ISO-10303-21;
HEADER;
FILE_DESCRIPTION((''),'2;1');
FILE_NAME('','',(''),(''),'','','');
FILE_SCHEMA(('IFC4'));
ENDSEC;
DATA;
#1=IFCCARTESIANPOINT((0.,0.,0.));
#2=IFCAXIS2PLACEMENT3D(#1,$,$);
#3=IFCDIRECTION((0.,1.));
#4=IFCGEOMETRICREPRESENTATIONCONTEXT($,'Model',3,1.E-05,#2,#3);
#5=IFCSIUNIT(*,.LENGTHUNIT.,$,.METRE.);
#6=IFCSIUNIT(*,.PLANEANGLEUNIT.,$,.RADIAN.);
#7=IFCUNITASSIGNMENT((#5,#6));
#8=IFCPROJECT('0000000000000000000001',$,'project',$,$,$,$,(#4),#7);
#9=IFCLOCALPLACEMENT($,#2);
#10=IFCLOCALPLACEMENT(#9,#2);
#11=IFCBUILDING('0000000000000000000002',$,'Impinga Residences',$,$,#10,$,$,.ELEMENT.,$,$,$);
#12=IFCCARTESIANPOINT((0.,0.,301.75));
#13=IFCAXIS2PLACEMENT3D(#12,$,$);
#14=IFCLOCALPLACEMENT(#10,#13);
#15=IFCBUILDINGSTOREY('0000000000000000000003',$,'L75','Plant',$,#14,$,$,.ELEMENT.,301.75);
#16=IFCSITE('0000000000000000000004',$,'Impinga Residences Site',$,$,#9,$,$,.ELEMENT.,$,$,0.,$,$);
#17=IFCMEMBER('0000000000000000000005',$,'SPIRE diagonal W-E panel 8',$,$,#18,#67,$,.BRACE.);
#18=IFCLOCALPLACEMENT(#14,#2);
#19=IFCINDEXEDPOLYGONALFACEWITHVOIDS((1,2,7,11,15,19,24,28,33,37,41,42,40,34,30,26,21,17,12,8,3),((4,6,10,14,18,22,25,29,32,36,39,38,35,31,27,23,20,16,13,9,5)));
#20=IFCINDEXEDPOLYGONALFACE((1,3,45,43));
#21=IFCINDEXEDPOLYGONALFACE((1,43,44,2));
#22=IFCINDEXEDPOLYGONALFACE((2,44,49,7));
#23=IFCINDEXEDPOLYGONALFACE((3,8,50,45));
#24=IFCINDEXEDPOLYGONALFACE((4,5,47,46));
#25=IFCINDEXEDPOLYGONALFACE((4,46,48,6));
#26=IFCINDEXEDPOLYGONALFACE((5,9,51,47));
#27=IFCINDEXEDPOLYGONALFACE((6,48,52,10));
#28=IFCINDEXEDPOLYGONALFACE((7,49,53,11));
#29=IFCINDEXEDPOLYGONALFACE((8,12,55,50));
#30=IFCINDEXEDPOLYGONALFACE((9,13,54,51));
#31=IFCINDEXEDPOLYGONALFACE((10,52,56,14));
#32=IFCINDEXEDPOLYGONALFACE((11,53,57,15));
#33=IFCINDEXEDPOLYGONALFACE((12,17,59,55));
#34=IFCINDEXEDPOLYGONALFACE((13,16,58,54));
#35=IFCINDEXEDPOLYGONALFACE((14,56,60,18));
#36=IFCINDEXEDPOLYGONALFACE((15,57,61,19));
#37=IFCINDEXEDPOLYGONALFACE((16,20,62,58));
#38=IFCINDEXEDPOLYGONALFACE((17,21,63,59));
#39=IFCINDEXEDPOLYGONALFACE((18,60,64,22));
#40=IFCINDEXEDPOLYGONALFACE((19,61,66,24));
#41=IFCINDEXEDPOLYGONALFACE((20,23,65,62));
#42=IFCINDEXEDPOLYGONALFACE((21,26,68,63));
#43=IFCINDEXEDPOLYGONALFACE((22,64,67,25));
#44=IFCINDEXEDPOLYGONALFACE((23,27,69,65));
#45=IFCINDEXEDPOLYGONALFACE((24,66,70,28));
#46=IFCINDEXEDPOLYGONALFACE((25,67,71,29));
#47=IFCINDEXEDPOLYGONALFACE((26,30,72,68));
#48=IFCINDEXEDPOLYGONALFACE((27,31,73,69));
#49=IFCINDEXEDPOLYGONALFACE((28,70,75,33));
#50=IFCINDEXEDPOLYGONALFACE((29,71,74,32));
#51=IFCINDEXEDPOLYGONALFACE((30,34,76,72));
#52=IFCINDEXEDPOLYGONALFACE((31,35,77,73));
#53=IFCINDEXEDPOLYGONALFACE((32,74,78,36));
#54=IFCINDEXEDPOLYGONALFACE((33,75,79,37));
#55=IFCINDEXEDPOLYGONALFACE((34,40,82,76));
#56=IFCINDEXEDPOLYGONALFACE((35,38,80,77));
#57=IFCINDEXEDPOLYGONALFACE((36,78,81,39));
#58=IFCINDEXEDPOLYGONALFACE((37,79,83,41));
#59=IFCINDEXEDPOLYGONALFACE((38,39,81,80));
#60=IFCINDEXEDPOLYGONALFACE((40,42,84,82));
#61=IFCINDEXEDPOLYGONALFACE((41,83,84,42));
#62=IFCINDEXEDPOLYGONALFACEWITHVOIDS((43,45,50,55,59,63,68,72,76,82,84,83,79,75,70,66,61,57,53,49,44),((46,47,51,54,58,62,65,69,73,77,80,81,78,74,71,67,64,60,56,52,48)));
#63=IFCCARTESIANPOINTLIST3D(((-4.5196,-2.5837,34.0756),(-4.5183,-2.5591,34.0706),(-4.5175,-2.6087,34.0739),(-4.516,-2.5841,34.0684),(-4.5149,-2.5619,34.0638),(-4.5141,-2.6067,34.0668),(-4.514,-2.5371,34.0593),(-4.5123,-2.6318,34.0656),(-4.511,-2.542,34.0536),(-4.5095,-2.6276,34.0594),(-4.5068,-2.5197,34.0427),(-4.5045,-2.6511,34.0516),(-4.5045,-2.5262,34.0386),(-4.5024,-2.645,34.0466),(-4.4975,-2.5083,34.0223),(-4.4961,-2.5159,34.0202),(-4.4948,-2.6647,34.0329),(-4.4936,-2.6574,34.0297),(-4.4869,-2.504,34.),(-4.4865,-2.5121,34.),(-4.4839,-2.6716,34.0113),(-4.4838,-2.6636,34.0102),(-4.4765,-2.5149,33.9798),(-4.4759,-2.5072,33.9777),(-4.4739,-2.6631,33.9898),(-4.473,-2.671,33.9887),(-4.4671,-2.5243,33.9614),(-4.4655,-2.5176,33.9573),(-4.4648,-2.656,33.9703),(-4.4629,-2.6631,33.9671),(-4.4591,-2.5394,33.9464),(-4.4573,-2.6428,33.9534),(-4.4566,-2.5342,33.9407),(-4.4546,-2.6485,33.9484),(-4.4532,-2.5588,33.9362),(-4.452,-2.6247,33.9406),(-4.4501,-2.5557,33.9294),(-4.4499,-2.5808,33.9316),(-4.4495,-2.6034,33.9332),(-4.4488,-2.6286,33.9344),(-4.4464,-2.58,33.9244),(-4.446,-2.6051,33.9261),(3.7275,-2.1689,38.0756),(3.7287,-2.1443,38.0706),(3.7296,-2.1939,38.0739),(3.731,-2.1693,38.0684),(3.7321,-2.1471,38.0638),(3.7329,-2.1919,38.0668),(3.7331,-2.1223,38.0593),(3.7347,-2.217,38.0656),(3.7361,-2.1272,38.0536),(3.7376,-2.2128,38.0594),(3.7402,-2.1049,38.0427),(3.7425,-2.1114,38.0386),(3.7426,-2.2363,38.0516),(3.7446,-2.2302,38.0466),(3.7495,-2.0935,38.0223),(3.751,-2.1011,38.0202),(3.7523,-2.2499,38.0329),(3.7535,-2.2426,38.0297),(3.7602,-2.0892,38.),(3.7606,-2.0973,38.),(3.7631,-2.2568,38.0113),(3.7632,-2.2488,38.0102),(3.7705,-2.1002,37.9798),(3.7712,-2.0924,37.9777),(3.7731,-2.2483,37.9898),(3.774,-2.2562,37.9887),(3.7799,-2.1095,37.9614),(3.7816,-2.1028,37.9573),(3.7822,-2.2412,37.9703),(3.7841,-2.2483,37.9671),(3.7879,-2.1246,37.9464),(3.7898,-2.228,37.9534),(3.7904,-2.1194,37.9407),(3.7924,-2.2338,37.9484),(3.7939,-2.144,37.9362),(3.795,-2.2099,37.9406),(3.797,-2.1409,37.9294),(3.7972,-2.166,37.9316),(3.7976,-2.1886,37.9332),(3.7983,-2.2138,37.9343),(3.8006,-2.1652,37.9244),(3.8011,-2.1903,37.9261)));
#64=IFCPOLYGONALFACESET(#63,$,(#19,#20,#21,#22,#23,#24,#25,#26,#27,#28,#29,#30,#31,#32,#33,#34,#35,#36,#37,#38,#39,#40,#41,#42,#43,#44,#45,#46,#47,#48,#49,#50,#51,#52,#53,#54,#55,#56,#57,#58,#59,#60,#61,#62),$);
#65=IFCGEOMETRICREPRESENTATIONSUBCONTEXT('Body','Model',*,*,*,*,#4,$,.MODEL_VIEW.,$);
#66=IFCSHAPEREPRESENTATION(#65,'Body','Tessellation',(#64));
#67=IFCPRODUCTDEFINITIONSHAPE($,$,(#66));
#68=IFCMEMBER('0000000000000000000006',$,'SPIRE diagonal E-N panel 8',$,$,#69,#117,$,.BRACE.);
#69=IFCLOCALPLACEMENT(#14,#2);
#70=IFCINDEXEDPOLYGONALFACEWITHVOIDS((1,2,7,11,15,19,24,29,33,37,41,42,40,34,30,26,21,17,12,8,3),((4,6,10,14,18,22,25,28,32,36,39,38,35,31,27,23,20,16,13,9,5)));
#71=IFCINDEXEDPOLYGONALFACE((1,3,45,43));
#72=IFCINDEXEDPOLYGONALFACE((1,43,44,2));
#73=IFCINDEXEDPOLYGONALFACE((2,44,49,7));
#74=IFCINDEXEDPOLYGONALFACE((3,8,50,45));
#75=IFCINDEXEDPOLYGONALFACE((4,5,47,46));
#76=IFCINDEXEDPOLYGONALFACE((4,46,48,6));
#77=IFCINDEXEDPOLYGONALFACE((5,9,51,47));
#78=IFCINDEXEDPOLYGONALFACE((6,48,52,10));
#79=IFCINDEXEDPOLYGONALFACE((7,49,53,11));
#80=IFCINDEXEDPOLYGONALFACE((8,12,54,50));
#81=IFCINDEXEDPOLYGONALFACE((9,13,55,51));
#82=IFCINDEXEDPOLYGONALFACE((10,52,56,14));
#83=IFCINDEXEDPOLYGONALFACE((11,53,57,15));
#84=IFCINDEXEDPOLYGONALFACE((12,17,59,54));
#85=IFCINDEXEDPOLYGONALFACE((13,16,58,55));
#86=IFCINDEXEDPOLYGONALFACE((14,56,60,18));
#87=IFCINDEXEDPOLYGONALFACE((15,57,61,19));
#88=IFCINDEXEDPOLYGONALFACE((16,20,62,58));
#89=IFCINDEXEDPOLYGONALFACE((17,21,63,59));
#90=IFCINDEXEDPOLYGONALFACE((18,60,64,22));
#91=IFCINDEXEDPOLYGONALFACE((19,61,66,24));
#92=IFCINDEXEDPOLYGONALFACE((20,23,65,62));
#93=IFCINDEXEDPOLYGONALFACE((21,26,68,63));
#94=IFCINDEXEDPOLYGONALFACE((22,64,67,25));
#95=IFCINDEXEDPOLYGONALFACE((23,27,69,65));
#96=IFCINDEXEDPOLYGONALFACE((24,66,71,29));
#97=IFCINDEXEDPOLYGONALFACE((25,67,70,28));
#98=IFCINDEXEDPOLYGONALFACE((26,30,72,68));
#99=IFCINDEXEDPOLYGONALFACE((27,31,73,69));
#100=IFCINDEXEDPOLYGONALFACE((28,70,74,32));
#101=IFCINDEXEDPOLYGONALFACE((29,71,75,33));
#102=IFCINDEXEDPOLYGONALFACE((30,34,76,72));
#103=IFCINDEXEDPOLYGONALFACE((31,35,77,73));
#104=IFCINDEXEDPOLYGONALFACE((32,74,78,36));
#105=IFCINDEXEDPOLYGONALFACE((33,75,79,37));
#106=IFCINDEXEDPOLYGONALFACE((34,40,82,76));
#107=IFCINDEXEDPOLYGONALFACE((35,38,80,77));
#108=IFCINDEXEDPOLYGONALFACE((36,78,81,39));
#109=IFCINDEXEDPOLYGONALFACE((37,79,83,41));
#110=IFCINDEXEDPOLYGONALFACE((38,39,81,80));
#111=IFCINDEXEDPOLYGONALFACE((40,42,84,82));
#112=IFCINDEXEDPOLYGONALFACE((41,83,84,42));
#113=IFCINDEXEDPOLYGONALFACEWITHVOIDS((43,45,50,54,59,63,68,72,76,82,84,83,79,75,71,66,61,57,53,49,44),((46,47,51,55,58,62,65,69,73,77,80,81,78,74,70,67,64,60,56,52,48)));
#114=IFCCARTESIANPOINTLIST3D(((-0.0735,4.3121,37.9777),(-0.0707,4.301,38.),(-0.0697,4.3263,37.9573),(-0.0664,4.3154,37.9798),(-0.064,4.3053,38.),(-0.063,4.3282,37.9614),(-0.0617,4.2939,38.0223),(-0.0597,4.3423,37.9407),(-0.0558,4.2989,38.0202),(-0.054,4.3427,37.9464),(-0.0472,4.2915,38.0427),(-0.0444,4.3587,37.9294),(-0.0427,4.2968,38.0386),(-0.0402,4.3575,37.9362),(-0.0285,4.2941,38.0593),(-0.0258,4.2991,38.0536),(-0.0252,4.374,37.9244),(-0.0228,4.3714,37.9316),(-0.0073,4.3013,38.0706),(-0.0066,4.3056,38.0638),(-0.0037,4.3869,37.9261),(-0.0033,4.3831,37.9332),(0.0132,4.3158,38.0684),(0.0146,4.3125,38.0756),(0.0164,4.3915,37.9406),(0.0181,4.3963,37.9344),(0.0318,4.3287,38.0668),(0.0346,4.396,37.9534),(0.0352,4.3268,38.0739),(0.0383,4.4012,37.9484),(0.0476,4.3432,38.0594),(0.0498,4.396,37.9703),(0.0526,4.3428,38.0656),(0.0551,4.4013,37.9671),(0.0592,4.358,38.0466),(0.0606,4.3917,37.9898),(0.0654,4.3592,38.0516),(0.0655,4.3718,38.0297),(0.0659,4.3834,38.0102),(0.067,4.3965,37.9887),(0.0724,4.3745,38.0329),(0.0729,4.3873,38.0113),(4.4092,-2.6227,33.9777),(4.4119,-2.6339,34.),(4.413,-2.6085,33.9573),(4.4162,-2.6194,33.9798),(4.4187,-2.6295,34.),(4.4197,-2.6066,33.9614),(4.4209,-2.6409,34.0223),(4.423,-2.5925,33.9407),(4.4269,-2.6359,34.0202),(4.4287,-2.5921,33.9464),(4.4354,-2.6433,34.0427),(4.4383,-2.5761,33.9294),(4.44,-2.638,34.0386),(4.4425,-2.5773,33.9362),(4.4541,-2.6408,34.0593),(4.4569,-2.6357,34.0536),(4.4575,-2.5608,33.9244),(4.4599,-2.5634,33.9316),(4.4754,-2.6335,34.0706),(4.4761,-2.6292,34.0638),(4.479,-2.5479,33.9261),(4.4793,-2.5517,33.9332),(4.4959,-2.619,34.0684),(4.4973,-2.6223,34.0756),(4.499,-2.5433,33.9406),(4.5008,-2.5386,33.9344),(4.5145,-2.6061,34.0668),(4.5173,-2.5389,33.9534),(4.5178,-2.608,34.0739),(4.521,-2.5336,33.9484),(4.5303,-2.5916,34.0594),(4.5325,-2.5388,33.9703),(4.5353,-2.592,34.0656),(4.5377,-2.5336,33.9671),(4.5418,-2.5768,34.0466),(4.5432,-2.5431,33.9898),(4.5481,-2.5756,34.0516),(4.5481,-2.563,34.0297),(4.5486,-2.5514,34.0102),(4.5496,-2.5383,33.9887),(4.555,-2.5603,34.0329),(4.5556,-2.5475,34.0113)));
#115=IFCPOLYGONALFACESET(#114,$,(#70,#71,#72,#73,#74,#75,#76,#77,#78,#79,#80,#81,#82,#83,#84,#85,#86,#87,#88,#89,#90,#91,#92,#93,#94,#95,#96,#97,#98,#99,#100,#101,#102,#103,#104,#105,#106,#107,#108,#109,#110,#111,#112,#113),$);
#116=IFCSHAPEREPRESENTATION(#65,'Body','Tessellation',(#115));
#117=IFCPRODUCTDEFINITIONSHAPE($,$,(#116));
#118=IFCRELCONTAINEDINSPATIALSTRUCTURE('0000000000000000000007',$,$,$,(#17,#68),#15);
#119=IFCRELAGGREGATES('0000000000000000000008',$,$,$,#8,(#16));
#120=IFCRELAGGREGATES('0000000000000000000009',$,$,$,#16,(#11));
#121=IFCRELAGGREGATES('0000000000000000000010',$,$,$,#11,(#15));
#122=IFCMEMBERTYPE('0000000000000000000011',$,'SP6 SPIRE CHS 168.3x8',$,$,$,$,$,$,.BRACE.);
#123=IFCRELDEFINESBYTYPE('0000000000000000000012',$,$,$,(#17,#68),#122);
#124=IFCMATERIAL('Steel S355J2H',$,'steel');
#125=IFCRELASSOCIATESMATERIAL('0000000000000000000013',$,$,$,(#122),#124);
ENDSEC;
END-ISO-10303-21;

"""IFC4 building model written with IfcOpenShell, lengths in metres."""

from ifc_helpers import new_model, si_unit, direction, frame, origin, origin_2d, place, context, subcontext, project, spatial, hollow_circle, extrude, material, material_profile, profile_set, type_object, element, save


model = new_model("IFC4")

# Units and contexts
model_context = context("Model", 3, precision=1e-05, world=origin(), true_north=direction((0.0, 1.0)))
body_context = subcontext(model_context, "Body", "Model", "MODEL_VIEW")
ifc_project = project(units=[si_unit("LENGTHUNIT", "METRE"), si_unit("PLANEANGLEUNIT", "RADIAN")], contexts=[model_context])

# Site, building, storey
site_placement = place(None, origin())
site = spatial("IfcSite", under=ifc_project, at=site_placement, Name="Impinga Residences Site", CompositionType="ELEMENT", RefElevation=0.0)
building_placement = place(site_placement, origin())
building = spatial("IfcBuilding", under=site, at=building_placement, Name="Impinga Residences", CompositionType="ELEMENT")
storey_placement = place(building_placement, frame((0.0, 0.0, 301.75)))
storey = spatial("IfcBuildingStorey", under=building, at=storey_placement, Name="L75", Description="Plant", CompositionType="ELEMENT", Elevation=301.75)

# Members
ifc_material = material(Name="Steel S355J2H", Category="steel")
ifc_material_profile_1 = material_profile(ifc_material, hollow_circle(Radius=0.0842, WallThickness=0.0081, at=origin_2d()), Name="CHS 168.3x8")
ifc_profile_set_1 = profile_set([ifc_material_profile_1], Name="Steel S355J2H")
member_type_1 = type_object("IfcMemberType", Name="SP6 SPIRE CHS 168.3x8", PredefinedType="BRACE", material=ifc_profile_set_1)
for number, where, z_axis, x_axis, name in (
    (1, (-4.4827, -2.5881, 34.0), (0.898833, 0.045208, 0.435953), (-0.050233, 0.998738, 0.0), "SPIRE diagonal W-E panel 8"),
    (2, (4.4827, -2.5881, 34.0), (-0.488559, 0.755814, 0.435954), (-0.839822, -0.542861, 0.0), "SPIRE diagonal E-N panel 8"),
):
    element("IfcMember", number, at=place(storey_placement, frame(where, z_axis=z_axis, x_axis=x_axis)), inside=storey, type_object=member_type_1, Name=name, PredefinedType="BRACE", context=body_context, shape_type="SweptSolid", body=[
        extrude(hollow_circle(Radius=0.0842, WallThickness=0.0081, at=origin_2d()), origin(), (0.0, 0.0, 1.0), 9.1753),
    ])

save(model, "model.ifc")
